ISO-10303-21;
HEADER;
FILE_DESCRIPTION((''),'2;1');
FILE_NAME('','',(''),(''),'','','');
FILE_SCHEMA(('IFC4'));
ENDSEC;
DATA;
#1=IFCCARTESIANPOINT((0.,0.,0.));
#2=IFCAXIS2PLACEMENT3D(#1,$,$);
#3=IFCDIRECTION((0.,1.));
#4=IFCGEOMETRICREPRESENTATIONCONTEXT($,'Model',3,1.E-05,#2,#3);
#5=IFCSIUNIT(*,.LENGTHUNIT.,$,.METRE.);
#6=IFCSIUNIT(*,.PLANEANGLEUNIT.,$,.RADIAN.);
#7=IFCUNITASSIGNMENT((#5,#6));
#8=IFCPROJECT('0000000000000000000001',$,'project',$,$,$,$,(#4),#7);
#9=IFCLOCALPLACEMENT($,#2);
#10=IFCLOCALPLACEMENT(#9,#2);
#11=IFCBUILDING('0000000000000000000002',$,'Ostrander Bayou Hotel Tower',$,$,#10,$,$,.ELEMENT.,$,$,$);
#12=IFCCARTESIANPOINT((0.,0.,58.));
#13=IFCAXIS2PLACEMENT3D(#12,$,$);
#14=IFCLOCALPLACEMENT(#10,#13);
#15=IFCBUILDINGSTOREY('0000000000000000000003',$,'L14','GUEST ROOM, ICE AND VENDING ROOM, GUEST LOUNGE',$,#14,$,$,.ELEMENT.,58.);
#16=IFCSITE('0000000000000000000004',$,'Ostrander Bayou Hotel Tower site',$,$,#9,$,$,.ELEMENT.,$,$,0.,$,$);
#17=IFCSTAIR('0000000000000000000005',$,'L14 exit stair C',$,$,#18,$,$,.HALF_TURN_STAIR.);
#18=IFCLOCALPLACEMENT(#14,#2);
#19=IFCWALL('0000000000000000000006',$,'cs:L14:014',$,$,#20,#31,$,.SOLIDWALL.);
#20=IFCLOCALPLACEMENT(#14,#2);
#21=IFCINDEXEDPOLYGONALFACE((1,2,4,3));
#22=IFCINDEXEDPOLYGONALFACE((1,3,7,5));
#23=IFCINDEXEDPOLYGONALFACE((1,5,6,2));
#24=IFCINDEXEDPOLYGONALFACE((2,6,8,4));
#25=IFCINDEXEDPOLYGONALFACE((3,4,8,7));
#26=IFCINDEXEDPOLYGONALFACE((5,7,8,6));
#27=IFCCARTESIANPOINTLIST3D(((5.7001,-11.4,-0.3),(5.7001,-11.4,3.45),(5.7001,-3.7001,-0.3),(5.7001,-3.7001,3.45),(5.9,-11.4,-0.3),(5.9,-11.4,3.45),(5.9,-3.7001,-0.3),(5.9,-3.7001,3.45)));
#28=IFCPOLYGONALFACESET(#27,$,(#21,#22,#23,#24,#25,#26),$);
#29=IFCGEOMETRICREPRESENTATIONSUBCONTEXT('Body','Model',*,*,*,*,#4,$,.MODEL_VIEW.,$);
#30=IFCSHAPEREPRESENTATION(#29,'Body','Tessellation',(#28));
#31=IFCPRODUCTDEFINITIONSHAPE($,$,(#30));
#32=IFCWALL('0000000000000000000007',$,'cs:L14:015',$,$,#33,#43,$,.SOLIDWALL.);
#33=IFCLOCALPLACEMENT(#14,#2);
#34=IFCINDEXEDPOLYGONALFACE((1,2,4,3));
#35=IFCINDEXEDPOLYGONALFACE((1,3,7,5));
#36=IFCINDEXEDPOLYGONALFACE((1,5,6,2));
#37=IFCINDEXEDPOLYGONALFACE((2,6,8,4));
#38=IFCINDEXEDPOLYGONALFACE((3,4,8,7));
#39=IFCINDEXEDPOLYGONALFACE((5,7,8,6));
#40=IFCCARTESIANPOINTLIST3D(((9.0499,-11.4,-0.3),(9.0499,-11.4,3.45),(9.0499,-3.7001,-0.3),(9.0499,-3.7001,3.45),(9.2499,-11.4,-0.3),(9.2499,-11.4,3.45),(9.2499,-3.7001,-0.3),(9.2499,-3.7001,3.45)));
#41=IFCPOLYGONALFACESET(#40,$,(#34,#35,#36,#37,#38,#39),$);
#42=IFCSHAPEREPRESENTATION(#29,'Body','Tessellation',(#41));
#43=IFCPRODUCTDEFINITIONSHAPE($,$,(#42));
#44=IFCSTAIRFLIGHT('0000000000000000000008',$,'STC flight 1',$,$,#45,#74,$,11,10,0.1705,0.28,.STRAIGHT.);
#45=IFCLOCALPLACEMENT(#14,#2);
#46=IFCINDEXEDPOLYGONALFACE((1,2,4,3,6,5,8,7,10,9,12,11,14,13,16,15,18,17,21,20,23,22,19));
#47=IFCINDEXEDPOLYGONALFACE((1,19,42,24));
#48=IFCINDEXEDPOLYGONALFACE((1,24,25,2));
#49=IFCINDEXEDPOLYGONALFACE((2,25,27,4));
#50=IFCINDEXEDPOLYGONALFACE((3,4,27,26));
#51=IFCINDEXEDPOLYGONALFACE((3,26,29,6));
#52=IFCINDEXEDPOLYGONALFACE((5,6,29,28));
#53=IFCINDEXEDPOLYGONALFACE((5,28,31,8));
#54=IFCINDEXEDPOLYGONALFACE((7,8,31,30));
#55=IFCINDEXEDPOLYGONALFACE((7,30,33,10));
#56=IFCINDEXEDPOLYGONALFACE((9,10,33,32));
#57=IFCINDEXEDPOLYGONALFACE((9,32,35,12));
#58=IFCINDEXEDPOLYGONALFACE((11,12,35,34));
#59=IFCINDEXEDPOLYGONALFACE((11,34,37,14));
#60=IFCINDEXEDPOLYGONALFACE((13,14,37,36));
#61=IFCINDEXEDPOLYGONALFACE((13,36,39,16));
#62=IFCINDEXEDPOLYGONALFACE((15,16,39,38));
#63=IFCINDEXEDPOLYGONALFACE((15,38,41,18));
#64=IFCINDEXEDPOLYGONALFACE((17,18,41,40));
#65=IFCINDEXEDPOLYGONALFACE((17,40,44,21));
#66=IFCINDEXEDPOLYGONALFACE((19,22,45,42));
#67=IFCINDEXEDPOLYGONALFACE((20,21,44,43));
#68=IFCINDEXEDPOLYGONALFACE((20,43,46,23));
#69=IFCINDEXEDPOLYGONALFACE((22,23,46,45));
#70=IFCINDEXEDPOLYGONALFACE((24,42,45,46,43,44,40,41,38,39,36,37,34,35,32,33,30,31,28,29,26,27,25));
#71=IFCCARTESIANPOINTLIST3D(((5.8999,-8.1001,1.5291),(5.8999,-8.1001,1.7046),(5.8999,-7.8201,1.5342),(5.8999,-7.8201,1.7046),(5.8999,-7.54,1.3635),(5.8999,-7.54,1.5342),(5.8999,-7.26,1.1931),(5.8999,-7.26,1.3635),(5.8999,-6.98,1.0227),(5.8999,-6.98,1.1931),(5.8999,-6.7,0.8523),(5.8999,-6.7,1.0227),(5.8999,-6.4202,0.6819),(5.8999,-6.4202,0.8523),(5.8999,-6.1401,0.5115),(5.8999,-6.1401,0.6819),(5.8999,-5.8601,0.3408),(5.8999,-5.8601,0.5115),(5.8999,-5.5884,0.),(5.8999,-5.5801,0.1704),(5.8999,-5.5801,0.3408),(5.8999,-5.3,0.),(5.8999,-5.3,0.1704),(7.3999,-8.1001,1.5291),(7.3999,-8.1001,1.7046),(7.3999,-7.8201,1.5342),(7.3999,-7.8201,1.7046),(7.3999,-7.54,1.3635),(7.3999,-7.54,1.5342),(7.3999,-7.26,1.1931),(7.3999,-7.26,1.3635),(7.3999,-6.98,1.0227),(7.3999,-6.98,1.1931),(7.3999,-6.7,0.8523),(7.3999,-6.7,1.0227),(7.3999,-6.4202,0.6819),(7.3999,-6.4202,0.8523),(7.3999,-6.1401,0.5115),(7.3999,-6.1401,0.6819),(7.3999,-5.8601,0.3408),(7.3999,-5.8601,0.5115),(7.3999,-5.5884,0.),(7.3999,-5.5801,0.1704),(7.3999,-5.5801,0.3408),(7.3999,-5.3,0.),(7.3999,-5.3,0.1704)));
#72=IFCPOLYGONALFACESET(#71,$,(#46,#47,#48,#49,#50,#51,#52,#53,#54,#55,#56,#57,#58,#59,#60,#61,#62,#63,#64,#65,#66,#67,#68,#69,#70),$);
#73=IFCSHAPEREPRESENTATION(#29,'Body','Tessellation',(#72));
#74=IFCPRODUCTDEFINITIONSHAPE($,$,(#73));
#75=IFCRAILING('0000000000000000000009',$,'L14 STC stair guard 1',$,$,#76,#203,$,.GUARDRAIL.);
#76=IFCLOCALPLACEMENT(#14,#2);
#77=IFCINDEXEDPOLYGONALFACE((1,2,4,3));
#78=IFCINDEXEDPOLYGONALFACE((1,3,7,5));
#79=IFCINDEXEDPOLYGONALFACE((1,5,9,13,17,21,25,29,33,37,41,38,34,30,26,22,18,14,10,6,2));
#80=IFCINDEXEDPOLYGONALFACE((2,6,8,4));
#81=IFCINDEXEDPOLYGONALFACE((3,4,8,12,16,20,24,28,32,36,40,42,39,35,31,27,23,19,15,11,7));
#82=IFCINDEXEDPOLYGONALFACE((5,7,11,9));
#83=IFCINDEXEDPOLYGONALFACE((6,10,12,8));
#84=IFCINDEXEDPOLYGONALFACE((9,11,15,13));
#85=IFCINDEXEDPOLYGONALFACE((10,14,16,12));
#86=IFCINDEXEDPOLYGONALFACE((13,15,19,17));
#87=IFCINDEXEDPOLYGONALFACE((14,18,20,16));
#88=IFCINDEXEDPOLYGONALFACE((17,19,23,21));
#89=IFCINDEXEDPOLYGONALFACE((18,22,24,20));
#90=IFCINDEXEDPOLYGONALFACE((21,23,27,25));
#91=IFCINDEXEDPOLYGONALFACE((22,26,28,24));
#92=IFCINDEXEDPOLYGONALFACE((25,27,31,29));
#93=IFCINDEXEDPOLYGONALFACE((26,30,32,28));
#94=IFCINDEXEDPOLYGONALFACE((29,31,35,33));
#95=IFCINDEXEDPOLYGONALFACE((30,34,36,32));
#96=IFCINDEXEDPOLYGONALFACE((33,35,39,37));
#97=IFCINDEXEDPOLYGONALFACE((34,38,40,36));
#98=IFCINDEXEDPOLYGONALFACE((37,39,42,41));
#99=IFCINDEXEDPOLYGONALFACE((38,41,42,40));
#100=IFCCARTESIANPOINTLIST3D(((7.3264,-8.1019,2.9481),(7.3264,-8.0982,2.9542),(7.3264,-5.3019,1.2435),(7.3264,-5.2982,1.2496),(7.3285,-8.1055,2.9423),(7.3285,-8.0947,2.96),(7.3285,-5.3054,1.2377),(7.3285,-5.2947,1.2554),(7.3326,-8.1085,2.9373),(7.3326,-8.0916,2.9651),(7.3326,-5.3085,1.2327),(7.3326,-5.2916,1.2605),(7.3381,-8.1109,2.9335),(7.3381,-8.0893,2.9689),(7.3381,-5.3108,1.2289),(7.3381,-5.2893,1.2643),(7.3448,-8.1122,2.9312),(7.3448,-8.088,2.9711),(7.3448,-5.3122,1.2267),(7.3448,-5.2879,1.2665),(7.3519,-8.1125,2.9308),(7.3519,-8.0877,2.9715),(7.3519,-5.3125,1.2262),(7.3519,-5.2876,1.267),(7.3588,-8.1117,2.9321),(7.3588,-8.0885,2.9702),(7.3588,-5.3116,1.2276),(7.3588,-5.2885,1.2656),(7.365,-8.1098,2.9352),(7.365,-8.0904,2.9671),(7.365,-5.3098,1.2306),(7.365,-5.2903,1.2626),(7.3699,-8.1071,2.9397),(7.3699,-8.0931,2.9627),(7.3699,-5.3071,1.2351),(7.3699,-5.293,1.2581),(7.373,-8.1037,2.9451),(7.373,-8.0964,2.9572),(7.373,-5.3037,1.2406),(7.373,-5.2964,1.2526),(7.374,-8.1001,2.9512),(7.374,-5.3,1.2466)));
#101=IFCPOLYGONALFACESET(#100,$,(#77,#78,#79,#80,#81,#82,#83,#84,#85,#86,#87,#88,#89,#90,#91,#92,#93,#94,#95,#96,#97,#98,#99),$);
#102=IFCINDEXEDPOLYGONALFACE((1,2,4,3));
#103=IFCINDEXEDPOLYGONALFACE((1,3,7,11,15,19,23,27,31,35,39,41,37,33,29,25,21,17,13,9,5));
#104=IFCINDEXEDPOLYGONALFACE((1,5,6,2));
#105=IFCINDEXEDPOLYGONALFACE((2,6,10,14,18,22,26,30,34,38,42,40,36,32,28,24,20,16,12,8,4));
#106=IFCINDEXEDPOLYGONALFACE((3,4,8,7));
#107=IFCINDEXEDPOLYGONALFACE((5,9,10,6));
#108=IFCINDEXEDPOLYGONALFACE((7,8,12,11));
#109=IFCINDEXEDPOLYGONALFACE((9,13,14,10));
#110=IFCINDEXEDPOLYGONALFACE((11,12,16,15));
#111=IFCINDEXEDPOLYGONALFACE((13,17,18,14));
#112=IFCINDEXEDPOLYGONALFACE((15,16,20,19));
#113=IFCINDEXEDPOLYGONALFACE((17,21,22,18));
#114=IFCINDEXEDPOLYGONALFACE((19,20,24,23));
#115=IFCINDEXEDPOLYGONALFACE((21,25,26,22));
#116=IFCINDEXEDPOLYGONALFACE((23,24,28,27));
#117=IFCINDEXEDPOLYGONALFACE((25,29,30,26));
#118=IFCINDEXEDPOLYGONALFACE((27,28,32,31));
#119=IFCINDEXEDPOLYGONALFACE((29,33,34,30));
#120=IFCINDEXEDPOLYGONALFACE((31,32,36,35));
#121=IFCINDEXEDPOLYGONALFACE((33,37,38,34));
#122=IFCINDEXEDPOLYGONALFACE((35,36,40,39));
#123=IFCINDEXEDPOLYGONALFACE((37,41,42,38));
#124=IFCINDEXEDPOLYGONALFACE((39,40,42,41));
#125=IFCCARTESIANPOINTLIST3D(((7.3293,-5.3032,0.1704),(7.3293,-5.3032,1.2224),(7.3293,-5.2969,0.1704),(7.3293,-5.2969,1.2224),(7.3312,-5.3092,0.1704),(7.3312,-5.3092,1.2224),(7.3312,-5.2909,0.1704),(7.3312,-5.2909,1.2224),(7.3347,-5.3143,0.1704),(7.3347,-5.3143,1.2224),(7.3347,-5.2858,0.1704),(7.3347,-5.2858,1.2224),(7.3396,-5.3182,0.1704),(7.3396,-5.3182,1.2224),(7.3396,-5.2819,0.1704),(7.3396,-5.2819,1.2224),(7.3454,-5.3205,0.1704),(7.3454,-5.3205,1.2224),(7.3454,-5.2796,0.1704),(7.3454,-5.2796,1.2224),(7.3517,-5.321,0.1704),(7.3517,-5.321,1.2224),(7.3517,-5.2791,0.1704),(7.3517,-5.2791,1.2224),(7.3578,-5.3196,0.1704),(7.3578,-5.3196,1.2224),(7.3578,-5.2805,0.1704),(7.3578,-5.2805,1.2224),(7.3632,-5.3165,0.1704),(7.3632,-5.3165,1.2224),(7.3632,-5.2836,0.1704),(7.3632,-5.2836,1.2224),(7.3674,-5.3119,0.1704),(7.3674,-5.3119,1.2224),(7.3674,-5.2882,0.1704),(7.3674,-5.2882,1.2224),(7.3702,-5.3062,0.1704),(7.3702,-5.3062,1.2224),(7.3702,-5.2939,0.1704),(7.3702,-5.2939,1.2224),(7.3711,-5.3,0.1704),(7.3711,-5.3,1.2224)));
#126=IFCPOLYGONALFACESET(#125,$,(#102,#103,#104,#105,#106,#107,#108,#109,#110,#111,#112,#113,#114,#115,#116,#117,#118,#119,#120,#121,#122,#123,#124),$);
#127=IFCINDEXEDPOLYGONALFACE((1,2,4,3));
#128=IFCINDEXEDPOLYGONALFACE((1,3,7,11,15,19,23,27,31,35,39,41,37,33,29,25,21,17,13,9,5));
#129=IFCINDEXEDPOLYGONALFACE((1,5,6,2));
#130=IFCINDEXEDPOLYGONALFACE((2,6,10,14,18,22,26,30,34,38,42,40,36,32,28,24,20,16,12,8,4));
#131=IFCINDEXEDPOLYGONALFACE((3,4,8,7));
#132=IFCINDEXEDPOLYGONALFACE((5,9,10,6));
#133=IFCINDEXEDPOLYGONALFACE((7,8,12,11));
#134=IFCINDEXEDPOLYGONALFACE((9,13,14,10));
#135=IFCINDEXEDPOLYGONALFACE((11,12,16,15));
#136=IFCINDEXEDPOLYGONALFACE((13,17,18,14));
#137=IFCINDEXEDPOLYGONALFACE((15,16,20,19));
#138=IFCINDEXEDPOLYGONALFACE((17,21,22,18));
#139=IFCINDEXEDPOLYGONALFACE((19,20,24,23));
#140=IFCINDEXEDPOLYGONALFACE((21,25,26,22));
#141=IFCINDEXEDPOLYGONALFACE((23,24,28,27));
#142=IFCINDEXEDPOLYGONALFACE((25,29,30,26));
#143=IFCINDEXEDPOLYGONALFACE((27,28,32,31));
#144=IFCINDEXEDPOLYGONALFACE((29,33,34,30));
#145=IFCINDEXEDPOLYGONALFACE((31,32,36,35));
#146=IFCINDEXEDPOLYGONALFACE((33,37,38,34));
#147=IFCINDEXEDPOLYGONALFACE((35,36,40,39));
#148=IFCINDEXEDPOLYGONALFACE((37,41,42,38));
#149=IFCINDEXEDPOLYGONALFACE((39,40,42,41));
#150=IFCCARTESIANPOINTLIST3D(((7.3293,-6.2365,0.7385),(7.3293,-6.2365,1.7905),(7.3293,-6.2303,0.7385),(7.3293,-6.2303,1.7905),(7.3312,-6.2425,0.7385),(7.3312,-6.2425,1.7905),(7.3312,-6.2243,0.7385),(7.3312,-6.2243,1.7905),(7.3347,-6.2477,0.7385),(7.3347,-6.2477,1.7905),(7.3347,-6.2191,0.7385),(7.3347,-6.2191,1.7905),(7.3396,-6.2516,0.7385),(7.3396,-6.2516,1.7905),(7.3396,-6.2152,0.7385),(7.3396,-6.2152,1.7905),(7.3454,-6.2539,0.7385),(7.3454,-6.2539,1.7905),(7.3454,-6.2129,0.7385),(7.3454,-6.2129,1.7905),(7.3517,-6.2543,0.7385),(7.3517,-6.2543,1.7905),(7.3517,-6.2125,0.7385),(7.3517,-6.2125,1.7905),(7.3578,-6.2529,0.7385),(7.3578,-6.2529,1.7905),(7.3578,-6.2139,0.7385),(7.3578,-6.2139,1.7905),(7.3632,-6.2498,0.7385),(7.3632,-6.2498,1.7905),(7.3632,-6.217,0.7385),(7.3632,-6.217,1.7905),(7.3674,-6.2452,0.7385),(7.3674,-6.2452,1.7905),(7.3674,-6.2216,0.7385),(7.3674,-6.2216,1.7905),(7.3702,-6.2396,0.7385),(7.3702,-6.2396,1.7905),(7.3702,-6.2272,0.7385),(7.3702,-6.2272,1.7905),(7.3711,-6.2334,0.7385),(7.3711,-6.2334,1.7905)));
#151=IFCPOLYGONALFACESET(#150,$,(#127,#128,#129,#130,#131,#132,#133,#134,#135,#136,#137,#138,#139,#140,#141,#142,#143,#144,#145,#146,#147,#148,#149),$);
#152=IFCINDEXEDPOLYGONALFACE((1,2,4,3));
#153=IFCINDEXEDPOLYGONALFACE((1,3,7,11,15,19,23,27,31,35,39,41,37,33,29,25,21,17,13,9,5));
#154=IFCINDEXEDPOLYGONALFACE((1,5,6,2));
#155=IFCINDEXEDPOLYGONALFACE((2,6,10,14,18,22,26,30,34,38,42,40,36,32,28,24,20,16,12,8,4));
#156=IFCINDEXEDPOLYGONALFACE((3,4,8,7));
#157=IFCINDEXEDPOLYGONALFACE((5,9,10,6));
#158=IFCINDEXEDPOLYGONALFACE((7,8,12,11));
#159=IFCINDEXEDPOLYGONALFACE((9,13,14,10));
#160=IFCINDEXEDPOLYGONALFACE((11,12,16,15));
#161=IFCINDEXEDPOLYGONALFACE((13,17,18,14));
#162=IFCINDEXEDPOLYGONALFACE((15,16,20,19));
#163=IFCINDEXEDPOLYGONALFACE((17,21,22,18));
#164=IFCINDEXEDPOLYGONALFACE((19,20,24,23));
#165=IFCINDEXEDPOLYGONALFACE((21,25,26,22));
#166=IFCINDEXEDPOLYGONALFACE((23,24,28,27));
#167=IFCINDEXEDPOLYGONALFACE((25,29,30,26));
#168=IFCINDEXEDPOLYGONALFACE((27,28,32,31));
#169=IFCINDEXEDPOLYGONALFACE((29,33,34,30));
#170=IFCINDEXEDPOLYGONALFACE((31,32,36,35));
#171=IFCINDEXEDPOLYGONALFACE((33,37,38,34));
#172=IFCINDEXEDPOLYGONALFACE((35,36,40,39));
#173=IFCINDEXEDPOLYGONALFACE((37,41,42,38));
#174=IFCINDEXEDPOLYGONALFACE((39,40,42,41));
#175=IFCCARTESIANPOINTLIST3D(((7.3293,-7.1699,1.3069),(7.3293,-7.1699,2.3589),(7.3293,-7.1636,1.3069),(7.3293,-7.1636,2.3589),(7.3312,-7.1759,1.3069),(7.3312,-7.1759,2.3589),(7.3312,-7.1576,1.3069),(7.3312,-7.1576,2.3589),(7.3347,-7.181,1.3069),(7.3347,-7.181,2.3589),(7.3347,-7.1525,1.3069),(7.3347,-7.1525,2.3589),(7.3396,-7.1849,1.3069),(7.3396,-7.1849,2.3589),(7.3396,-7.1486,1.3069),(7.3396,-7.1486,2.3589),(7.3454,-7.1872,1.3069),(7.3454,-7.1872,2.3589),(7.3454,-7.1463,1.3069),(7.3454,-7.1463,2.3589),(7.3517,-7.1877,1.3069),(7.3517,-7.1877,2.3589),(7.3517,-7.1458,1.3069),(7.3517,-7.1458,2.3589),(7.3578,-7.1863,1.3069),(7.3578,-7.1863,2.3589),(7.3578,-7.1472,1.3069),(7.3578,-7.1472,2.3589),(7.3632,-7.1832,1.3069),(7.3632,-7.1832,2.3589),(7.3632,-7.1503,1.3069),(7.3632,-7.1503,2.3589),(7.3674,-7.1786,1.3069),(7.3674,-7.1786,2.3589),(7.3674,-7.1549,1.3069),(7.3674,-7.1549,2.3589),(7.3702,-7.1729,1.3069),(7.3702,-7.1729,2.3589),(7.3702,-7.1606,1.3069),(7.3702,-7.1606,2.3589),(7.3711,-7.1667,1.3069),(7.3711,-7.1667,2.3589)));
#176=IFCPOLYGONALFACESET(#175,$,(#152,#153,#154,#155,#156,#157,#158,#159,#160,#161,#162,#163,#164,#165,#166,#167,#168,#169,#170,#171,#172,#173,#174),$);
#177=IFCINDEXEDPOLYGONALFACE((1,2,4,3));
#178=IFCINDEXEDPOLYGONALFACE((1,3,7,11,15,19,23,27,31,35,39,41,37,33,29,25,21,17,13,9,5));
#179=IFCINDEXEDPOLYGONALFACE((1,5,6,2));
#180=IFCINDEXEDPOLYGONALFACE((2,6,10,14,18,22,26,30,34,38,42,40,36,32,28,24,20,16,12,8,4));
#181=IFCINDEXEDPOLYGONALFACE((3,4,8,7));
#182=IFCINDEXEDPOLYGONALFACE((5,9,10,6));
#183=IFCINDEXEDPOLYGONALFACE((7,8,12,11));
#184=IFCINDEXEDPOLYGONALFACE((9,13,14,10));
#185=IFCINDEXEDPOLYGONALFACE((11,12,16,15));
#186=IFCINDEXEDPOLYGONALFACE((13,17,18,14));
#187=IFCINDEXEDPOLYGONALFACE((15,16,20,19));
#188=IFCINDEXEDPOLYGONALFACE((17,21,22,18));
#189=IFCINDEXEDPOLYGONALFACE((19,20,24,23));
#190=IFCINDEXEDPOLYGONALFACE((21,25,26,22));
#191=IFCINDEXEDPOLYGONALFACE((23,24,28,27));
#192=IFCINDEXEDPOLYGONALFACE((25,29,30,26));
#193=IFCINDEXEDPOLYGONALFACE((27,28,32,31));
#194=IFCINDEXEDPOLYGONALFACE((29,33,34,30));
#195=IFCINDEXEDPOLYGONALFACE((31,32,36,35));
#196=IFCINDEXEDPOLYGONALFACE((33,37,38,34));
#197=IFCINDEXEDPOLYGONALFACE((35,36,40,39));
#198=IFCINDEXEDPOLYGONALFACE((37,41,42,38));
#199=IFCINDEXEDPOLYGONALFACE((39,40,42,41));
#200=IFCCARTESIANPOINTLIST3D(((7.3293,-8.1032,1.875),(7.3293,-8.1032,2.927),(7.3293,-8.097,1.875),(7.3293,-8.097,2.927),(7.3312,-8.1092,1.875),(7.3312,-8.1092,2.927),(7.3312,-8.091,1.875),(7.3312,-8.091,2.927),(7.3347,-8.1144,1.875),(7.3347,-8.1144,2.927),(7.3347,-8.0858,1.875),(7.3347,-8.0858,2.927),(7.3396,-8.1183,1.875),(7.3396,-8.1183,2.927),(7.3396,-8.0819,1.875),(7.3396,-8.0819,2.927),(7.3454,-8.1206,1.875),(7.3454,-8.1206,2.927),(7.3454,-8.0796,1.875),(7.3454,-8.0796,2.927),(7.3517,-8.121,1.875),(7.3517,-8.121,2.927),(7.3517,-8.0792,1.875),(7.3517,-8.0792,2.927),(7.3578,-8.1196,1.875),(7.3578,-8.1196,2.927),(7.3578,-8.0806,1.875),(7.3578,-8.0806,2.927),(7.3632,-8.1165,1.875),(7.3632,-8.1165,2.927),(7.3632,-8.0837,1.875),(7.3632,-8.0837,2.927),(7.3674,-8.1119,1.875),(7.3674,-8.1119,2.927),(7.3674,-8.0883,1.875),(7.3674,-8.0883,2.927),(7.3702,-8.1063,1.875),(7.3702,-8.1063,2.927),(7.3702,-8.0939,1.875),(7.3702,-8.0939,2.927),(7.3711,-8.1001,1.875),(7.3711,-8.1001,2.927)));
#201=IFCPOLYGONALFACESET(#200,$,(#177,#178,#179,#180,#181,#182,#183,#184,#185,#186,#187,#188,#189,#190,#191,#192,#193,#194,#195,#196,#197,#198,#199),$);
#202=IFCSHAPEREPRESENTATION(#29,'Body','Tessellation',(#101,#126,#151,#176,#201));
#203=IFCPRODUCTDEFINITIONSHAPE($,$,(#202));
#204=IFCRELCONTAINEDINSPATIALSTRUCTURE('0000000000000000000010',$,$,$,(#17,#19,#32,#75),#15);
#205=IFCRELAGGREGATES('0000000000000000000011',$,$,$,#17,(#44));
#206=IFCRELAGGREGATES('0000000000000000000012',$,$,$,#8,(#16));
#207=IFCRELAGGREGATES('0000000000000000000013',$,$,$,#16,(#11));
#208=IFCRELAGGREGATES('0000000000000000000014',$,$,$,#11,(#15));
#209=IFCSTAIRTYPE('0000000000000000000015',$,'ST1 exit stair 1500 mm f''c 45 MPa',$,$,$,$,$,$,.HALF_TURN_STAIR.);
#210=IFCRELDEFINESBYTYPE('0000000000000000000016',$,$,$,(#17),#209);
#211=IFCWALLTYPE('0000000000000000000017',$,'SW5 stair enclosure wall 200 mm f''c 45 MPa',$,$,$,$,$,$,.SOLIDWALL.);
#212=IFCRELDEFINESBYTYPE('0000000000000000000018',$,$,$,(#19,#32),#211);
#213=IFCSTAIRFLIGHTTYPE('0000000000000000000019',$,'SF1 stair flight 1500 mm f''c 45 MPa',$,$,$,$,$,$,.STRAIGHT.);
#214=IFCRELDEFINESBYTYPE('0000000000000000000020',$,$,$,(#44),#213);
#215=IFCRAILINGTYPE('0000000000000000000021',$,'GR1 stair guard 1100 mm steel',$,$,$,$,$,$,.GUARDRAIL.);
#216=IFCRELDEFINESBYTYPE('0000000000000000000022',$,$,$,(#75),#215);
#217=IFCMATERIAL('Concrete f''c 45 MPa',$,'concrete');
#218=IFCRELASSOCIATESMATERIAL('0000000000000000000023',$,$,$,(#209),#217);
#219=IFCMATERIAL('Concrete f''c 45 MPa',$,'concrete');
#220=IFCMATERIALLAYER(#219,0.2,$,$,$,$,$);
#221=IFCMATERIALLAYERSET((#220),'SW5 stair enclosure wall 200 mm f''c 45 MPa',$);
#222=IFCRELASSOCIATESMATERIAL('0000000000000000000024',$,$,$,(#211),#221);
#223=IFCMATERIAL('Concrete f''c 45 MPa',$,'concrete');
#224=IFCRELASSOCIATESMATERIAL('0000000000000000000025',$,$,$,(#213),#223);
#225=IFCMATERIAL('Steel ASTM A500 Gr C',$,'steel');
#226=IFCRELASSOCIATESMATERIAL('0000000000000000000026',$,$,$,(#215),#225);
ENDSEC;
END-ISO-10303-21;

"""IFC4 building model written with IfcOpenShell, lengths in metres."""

from ifc_helpers import new_model, si_unit, direction, frame, frame_2d, origin, origin_2d, place, context, subcontext, project, spatial, polyline, rectangle, circle, outline, extrude, material, layer, layer_set, type_object, element, aggregate, save


model = new_model("IFC4")

# Units and contexts
model_context = context("Model", 3, precision=1e-05, world=origin(), true_north=direction((0.0, 1.0)))
body_context = subcontext(model_context, "Body", "Model", "MODEL_VIEW")
ifc_project = project(units=[si_unit("LENGTHUNIT", "METRE"), si_unit("PLANEANGLEUNIT", "RADIAN")], contexts=[model_context])

# Site, building, storey
site_placement = place(None, origin())
site = spatial("IfcSite", under=ifc_project, at=site_placement, Name="Ostrander Bayou Hotel Tower site", CompositionType="ELEMENT", RefElevation=0.0)
building_placement = place(site_placement, origin())
building = spatial("IfcBuilding", under=site, at=building_placement, Name="Ostrander Bayou Hotel Tower", CompositionType="ELEMENT")
storey_placement = place(building_placement, frame((0.0, 0.0, 58.0)))
storey = spatial("IfcBuildingStorey", under=building, at=storey_placement, Name="L14", Description="GUEST ROOM, ICE AND VENDING ROOM, GUEST LOUNGE", CompositionType="ELEMENT", Elevation=58.0)

# Stair
ifc_material_1 = material(Name="Concrete f'c 45 MPa", Category="concrete")
stair_type = type_object("IfcStairType", Name="ST1 exit stair 1500 mm f'c 45 MPa", PredefinedType="HALF_TURN_STAIR", material=ifc_material_1)
stair_1_placement = place(storey_placement, origin())
stair_1 = element("IfcStair", 1, at=stair_1_placement, inside=storey, type_object=stair_type, Name="L14 exit stair C", PredefinedType="HALF_TURN_STAIR")

# Shared definitions
ifc_material_2 = material(Name="Concrete f'c 45 MPa", Category="concrete")
ifc_layer_1 = layer(ifc_material_2, 0.2)
ifc_layer_set_1 = layer_set([ifc_layer_1], Name="SW5 stair enclosure wall 200 mm f'c 45 MPa")
wall_type_1 = type_object("IfcWallType", Name="SW5 stair enclosure wall 200 mm f'c 45 MPa", PredefinedType="SOLIDWALL", material=ifc_layer_set_1)

# Walls
for number, where, z_axis, x_axis, name in (
    (2, (5.8, -3.7, -0.3), (0.0, 0.0, 1.0), (0.0, -1.0, 0.0), "cs:L14:014"),
    (3, (9.1499, -3.7, -0.3), (0.0, 0.0, 1.0), (0.0, -1.0, 0.0), "cs:L14:015"),
):
    element("IfcWall", number, at=place(storey_placement, frame(where, z_axis=z_axis, x_axis=x_axis)), inside=storey, type_object=wall_type_1, Name=name, PredefinedType="SOLIDWALL", context=body_context, shape_type="SweptSolid", body=[
        extrude(rectangle(XDim=7.7, YDim=0.2, at=frame_2d((3.8501, 0.0))), origin(), (0.0, 0.0, 1.0), 3.75),
    ])

# Stair flight
ifc_material_3 = material(Name="Concrete f'c 45 MPa", Category="concrete")
stair_flight_type = type_object("IfcStairFlightType", Name="SF1 stair flight 1500 mm f'c 45 MPa", PredefinedType="STRAIGHT", material=ifc_material_3)
stair_flight_placement = place(storey_placement, frame((6.6499, -5.3, 0.0), z_axis=(0.0, 0.0, 1.0), x_axis=(0.0, -1.0, 0.0)))
stair_flight = element("IfcStairFlight", 4, at=stair_flight_placement, type_object=stair_flight_type, Name="STC flight 1", NumberOfRisers=11, NumberOfTreads=10, PredefinedType="STRAIGHT", RiserHeight=0.1705, TreadLength=0.28, context=body_context, shape_type="SweptSolid", body=[
    extrude(outline(polyline([(0.0, 0.0), (0.0, 0.1704), (0.28, 0.1704), (0.28, 0.3408), (0.5601, 0.3408), (0.5601, 0.5115), (0.8401, 0.5115), (0.8401, 0.6819), (1.1201, 0.6819), (1.1201, 0.8523), (1.3999, 0.8523), (1.3999, 1.0227), (1.6799, 1.0227), (1.6799, 1.1931), (1.96, 1.1931), (1.96, 1.3635), (2.24, 1.3635), (2.24, 1.5342), (2.52, 1.5342), (2.52, 1.7046), (2.8, 1.7046), (2.8, 1.875), (2.8, 1.5291), (0.2883, 0.0), (0.0, 0.0)])), frame((0.0, 0.75, 0.0), z_axis=(0.0, -1.0, 0.0), x_axis=(1.0, 0.0, 0.0)), (0.0, 0.0, 1.0), 1.5),
])
aggregate(stair_1, [stair_flight])

# Railing
ifc_material_4 = material(Name="Steel ASTM A500 Gr C", Category="steel")
railing_type_1 = type_object("IfcRailingType", Name="GR1 stair guard 1100 mm steel", PredefinedType="GUARDRAIL", material=ifc_material_4)
railing_1_placement = place(storey_placement, frame((7.3501, -5.3, 0.1704)))
element("IfcRailing", 5, at=railing_1_placement, inside=storey, type_object=railing_type_1, Name="L14 STC stair guard 1", PredefinedType="GUARDRAIL", context=body_context, shape_type="SweptSolid", body=[
    extrude(circle(Radius=0.0239, at=origin_2d()), frame((0.0, 0.0, 1.0762), z_axis=(0.0, -0.85417, 0.519994), x_axis=(1.0, 0.0, 0.0)), (0.0, 0.0, 1.0), 3.2781),
    extrude(circle(Radius=0.021, at=origin_2d()), origin(), (0.0, 0.0, 1.0), 1.052),
    extrude(circle(Radius=0.021, at=origin_2d()), frame((0.0, -0.9333, 0.5681)), (0.0, 0.0, 1.0), 1.052),
    extrude(circle(Radius=0.021, at=origin_2d()), frame((0.0, -1.8667, 1.1365)), (0.0, 0.0, 1.0), 1.052),
    extrude(circle(Radius=0.021, at=origin_2d()), frame((0.0, -2.8, 1.7046)), (0.0, 0.0, 1.0), 1.052),
])

save(model, "model.ifc")
